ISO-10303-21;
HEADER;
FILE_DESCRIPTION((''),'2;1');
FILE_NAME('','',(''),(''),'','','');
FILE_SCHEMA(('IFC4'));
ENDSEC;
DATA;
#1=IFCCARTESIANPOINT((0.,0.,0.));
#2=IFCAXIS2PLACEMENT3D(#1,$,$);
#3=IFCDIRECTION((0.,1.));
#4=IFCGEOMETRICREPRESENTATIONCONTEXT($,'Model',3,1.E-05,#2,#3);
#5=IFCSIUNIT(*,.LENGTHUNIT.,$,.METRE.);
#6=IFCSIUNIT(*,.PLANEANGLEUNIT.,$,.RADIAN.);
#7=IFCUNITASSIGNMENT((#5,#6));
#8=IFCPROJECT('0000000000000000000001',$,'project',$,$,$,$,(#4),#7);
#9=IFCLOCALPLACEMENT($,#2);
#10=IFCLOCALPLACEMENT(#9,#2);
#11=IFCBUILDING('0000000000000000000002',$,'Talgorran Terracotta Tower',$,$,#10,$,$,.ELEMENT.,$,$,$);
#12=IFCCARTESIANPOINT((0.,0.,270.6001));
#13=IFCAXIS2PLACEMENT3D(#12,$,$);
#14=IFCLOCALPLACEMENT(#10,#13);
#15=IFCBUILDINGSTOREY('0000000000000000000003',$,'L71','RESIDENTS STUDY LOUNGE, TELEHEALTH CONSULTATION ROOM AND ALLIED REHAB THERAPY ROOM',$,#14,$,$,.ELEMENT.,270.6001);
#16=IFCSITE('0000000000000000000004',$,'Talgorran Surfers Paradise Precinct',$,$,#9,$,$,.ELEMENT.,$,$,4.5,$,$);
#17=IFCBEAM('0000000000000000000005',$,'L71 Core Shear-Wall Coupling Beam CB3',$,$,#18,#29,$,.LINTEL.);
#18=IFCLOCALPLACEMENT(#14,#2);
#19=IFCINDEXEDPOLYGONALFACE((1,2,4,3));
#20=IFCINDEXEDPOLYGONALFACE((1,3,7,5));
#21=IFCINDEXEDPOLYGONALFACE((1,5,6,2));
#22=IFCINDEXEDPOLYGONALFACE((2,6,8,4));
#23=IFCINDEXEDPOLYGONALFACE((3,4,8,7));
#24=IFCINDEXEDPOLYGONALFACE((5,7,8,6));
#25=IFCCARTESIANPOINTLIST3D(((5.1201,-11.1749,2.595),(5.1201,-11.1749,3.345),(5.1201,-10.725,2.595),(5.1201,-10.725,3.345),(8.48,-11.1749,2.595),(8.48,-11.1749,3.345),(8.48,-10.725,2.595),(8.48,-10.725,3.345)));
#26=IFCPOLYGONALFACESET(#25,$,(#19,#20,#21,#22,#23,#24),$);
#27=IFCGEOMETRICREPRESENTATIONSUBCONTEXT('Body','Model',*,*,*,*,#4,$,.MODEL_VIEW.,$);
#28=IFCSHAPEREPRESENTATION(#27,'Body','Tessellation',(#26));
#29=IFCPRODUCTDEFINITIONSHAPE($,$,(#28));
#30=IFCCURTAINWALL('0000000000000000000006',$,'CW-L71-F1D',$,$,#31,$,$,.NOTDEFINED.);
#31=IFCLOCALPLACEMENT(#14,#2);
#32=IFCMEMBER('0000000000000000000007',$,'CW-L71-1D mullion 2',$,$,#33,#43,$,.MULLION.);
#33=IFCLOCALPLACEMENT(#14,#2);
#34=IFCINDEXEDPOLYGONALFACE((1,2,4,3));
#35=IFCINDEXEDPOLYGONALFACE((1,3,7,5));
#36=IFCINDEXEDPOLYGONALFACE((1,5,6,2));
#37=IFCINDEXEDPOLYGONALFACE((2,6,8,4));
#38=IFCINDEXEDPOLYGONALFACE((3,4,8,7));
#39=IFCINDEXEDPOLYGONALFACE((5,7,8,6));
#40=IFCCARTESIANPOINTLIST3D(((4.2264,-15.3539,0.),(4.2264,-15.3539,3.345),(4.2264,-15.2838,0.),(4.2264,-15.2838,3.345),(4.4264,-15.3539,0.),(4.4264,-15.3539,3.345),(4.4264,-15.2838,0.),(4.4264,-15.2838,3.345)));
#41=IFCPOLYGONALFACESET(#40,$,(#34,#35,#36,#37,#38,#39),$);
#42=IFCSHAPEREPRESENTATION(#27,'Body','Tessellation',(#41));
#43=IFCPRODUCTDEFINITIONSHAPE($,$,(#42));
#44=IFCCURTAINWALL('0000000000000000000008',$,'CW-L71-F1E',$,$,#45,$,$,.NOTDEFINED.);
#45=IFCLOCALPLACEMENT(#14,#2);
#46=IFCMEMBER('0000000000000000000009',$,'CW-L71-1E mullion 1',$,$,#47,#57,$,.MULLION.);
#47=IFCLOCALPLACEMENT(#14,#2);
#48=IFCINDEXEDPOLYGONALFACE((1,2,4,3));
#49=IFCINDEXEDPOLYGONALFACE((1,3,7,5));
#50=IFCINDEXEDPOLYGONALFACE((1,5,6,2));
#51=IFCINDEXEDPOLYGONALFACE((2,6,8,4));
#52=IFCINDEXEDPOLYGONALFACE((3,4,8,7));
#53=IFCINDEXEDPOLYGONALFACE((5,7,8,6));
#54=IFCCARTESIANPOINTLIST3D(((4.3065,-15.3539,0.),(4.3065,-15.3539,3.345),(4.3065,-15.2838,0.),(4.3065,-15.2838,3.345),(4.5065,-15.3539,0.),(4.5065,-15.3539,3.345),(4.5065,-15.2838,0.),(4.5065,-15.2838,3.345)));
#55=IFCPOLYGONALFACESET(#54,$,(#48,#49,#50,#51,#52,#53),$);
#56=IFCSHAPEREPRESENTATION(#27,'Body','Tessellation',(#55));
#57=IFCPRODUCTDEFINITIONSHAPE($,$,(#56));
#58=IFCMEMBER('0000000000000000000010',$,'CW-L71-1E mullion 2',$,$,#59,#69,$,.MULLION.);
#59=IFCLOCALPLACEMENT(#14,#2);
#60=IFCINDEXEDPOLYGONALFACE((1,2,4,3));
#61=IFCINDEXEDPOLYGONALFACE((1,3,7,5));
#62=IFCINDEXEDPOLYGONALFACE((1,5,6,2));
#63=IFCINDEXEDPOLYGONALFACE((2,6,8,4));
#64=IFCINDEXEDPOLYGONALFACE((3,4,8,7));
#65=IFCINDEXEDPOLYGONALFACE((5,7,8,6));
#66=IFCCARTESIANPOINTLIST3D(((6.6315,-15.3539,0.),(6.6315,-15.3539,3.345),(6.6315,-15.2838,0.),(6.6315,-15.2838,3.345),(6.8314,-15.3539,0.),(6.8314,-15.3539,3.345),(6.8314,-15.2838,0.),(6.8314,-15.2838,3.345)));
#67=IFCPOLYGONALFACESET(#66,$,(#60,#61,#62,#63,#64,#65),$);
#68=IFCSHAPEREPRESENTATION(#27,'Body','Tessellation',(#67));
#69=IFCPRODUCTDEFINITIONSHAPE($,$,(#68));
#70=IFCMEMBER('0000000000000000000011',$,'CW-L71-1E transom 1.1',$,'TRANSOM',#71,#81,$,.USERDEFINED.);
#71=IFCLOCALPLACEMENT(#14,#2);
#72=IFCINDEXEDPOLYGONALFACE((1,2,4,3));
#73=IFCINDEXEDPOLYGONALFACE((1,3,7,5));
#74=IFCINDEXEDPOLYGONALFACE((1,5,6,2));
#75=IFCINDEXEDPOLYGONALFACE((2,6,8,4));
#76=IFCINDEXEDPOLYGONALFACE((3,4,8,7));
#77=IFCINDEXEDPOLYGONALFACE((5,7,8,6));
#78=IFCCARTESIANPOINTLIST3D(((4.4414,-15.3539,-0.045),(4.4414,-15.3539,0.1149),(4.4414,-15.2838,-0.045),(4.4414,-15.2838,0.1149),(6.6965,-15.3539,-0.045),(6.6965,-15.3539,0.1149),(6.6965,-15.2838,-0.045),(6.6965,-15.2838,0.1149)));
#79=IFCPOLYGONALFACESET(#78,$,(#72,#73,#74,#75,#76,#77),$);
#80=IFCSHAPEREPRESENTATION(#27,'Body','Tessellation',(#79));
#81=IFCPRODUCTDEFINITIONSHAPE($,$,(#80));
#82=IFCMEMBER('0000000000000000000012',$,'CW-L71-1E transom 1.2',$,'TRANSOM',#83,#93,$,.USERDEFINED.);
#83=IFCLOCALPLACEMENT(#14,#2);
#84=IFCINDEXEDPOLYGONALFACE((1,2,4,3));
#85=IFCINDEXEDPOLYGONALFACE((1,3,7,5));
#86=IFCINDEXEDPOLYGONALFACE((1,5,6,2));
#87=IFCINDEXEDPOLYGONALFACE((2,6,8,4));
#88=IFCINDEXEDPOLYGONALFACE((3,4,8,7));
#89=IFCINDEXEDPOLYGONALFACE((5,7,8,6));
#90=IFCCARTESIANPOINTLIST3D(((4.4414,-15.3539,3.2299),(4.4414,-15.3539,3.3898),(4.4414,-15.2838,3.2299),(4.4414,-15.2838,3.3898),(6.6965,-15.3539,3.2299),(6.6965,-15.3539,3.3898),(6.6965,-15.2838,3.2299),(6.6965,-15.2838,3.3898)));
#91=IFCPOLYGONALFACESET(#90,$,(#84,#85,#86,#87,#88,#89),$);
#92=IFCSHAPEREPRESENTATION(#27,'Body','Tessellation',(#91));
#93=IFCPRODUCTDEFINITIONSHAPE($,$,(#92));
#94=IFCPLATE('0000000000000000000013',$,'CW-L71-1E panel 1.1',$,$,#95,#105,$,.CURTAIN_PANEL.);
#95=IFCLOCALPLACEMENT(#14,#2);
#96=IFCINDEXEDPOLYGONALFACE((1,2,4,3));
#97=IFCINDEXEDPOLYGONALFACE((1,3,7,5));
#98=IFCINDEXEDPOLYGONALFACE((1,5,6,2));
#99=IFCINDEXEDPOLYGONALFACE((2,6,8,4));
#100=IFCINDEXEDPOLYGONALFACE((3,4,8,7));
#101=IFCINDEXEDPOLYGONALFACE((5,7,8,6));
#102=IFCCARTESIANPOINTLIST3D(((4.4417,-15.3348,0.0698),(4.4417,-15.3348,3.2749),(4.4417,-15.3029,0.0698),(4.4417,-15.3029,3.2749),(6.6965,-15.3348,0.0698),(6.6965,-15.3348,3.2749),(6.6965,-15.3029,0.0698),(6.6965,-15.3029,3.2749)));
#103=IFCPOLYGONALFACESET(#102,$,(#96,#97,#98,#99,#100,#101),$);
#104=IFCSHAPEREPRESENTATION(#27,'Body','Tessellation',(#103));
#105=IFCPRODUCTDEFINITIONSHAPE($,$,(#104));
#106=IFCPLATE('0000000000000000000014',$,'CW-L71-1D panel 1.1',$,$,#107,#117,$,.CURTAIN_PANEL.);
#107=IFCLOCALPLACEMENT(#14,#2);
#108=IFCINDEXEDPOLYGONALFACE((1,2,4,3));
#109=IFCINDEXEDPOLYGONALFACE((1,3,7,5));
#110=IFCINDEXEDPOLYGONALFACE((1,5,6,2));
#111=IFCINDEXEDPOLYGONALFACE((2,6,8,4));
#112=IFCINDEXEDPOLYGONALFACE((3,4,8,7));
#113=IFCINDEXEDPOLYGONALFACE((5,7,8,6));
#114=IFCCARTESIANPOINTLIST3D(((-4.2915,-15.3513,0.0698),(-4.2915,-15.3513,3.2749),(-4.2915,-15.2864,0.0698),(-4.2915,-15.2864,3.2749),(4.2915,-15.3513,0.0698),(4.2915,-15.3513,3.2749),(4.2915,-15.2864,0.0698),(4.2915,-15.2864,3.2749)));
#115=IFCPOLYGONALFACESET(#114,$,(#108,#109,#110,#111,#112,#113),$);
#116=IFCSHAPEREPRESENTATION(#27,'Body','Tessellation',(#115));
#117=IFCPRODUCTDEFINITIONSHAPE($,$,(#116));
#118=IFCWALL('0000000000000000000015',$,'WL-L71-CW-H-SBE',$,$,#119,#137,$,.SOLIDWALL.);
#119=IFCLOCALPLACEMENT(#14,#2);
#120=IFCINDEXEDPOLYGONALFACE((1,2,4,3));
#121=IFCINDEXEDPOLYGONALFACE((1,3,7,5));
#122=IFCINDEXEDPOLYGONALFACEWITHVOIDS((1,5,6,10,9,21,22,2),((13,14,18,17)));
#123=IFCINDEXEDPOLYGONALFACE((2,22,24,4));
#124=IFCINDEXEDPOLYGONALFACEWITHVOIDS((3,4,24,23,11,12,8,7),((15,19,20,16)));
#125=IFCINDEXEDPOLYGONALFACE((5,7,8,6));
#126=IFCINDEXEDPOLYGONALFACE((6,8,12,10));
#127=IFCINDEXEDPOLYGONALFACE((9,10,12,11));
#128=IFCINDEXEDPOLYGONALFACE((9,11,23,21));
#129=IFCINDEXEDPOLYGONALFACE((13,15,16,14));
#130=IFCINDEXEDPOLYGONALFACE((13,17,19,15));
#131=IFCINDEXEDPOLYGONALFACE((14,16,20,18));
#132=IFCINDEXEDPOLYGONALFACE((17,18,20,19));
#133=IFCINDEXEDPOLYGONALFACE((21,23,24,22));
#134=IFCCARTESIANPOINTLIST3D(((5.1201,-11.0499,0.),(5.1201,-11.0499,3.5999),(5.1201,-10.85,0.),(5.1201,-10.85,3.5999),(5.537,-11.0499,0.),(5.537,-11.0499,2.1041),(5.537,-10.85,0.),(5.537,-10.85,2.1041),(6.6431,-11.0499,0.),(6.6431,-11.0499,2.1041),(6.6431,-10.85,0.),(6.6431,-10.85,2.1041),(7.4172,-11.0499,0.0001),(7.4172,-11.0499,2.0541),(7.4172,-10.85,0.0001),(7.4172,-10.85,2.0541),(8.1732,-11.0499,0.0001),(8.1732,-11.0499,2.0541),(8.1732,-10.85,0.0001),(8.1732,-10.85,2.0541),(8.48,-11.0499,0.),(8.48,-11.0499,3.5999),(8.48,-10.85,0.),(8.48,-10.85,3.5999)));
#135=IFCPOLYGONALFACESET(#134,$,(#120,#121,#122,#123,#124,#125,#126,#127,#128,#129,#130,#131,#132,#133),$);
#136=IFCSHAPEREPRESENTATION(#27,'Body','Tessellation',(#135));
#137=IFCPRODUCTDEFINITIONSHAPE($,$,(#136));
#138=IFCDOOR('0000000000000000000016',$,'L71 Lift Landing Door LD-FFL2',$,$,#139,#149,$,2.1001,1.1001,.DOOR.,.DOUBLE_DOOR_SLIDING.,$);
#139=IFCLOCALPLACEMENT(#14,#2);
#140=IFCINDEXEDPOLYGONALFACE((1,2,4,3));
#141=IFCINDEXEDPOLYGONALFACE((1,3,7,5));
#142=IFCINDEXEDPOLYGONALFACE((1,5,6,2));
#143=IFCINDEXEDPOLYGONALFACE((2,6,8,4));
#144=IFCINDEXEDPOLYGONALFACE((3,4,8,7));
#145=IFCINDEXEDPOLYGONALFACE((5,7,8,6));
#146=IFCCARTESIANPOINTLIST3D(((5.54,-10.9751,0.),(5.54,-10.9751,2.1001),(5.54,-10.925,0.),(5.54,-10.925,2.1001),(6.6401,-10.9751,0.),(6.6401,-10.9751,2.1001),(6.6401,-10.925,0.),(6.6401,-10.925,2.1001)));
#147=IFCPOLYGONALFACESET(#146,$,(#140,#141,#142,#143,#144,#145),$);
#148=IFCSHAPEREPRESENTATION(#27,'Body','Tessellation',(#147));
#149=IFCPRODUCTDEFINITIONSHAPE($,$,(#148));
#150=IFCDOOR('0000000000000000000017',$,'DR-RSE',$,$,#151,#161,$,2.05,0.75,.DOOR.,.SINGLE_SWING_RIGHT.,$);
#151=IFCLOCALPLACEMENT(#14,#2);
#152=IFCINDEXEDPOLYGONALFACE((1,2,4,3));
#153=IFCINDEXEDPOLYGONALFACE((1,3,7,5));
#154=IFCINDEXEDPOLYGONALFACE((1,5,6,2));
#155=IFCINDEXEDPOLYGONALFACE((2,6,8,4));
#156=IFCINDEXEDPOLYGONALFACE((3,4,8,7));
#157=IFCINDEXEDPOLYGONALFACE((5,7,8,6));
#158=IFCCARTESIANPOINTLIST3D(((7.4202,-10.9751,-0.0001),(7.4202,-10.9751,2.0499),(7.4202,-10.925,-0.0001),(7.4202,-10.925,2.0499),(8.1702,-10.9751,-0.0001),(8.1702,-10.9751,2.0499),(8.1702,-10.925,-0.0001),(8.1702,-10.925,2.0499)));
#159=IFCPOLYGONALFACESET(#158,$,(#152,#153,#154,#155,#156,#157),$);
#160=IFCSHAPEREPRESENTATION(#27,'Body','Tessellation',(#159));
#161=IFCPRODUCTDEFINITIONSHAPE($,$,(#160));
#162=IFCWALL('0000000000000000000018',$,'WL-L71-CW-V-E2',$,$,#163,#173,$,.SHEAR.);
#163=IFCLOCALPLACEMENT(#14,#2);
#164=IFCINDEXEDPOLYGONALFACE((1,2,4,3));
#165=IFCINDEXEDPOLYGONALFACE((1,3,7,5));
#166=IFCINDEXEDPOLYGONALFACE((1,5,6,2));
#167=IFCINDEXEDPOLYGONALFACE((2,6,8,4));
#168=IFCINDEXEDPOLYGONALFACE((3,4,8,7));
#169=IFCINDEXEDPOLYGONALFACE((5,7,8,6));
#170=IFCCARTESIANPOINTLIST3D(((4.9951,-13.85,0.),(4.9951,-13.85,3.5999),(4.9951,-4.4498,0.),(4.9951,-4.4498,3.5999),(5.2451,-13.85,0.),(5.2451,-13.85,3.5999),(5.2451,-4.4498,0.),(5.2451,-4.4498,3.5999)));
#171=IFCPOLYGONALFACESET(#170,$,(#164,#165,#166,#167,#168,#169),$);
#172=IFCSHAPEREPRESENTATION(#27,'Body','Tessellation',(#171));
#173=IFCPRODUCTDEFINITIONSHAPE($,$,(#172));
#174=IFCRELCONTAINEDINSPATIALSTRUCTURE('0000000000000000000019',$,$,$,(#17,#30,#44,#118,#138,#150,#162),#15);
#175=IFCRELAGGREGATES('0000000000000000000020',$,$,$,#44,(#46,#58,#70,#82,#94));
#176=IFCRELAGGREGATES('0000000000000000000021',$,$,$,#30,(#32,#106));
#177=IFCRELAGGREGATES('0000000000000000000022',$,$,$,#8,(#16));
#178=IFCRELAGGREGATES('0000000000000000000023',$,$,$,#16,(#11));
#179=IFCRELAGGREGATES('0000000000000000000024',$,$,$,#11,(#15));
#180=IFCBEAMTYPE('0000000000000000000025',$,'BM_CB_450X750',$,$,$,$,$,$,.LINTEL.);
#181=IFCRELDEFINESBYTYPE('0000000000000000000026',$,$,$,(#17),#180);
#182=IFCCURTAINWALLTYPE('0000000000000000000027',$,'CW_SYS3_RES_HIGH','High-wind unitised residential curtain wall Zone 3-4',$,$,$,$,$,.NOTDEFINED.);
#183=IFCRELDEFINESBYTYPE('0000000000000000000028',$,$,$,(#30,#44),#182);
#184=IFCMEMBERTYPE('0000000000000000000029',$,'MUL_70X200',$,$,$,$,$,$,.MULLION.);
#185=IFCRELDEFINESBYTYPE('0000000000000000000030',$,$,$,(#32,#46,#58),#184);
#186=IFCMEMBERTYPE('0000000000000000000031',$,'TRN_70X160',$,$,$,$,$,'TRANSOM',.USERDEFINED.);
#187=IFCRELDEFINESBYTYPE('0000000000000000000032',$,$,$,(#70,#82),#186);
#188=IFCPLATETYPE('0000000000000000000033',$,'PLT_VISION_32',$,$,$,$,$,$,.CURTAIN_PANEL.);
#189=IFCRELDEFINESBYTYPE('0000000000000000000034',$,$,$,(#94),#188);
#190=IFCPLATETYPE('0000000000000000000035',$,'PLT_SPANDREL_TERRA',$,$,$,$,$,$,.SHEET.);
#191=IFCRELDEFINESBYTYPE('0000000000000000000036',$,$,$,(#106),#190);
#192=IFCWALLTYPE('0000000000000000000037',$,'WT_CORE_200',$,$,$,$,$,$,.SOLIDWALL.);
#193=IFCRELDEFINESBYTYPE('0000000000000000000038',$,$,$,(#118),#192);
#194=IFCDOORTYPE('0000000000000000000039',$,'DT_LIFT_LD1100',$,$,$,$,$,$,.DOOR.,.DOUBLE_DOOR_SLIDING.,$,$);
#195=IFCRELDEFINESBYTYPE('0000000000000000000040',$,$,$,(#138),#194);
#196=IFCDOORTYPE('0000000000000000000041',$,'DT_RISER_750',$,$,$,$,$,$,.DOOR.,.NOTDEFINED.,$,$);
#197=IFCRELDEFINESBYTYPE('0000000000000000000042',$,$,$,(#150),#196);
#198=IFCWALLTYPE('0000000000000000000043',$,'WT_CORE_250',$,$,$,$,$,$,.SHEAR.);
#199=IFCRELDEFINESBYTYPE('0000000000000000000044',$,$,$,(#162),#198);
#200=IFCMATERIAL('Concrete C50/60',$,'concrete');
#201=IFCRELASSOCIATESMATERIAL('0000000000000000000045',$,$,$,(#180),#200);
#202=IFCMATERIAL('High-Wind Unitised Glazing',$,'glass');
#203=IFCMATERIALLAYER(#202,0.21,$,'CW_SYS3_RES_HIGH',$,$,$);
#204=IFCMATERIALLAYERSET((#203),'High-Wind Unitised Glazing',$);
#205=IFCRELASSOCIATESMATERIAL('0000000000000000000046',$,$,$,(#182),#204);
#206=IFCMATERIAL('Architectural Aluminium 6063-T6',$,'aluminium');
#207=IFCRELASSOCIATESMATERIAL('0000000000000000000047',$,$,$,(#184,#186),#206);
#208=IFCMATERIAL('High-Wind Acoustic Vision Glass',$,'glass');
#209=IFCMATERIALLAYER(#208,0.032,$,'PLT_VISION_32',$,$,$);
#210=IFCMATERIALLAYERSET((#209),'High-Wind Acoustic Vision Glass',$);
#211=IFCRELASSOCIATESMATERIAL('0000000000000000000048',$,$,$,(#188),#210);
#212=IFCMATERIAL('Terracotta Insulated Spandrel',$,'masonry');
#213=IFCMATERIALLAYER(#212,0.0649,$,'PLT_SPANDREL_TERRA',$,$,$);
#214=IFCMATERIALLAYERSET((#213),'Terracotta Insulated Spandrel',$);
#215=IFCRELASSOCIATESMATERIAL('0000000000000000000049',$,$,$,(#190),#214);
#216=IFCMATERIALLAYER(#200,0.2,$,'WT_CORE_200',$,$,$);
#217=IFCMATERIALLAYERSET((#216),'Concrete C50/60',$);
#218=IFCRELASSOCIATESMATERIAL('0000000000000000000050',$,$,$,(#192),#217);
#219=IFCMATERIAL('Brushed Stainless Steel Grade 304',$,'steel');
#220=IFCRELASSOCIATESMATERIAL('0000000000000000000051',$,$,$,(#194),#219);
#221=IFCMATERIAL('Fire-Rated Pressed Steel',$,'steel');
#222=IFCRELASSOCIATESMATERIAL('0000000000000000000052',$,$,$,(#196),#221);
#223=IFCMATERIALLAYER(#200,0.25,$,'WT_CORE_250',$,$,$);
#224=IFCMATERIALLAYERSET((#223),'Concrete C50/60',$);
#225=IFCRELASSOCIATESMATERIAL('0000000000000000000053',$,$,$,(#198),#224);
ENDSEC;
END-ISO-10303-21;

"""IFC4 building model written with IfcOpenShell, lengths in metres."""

from ifc_helpers import new_model, si_unit, direction, frame, frame_2d, origin, origin_2d, place, context, subcontext, project, spatial, rectangle, extrude, source, transform, mapped, material, layer, layer_set, material_profile, profile_set, type_object, type_shapes, element, fill, aggregate, save


model = new_model("IFC4")

# Units and contexts
model_context = context("Model", 3, precision=1e-05, world=origin(), true_north=direction((0.0, 1.0)))
body_context = subcontext(model_context, "Body", "Model", "MODEL_VIEW")
ifc_project = project(units=[si_unit("LENGTHUNIT", "METRE"), si_unit("PLANEANGLEUNIT", "RADIAN")], contexts=[model_context])

# Site, building, storey
site_placement = place(None, origin())
site = spatial("IfcSite", under=ifc_project, at=site_placement, Name="Talgorran Surfers Paradise Precinct", CompositionType="ELEMENT", RefElevation=4.5)
building_placement = place(site_placement, origin())
building = spatial("IfcBuilding", under=site, at=building_placement, Name="Talgorran Terracotta Tower", CompositionType="ELEMENT")
storey_placement = place(building_placement, frame((0.0, 0.0, 270.6001)))
storey = spatial("IfcBuildingStorey", under=building, at=storey_placement, Name="L71", Description="RESIDENTS STUDY LOUNGE, TELEHEALTH CONSULTATION ROOM AND ALLIED REHAB THERAPY ROOM", CompositionType="ELEMENT", Elevation=270.6001)

# Beam
ifc_material_1 = material(Name="Concrete C50/60", Category="concrete")
ifc_material_profile_1 = material_profile(ifc_material_1, rectangle(XDim=0.45, YDim=0.75, at=origin_2d()), Name="RCCB450X750")
ifc_profile_set_1 = profile_set([ifc_material_profile_1], Name="Concrete C50/60")
beam_type = type_object("IfcBeamType", Name="BM_CB_450X750", PredefinedType="LINTEL", material=ifc_profile_set_1)
beam_placement = place(storey_placement, frame((5.1201, -10.95, 2.97), z_axis=(1.0, 0.0, 0.0), x_axis=(0.0, 1.0, 0.0)))
element("IfcBeam", 1, at=beam_placement, inside=storey, type_object=beam_type, Name="L71 Core Shear-Wall Coupling Beam CB3", PredefinedType="LINTEL", context=body_context, shape_type="SweptSolid", body=[
    extrude(rectangle(XDim=0.45, YDim=0.75, at=origin_2d()), origin(), (0.0, 0.0, 1.0), 3.3599),
])

# Curtain wall, member
ifc_material_2 = material(Name="High-Wind Unitised Glazing", Category="glass")
ifc_layer_1 = layer(ifc_material_2, 0.21, Name="CW_SYS3_RES_HIGH")
ifc_layer_set_1 = layer_set([ifc_layer_1], Name="High-Wind Unitised Glazing")
curtain_wall_type = type_object("IfcCurtainWallType", Name="CW_SYS3_RES_HIGH", Description="High-wind unitised residential curtain wall Zone 3-4", PredefinedType="NOTDEFINED", material=ifc_layer_set_1)
curtain_wall_1_placement = place(storey_placement, origin())
curtain_wall_1 = element("IfcCurtainWall", 2, at=curtain_wall_1_placement, inside=storey, type_object=curtain_wall_type, Name="CW-L71-F1D", PredefinedType="NOTDEFINED")
ifc_material_3 = material(Name="Architectural Aluminium 6063-T6", Category="aluminium")
ifc_material_profile_2 = material_profile(ifc_material_3, rectangle(XDim=0.0701, YDim=0.2, at=origin_2d()), Name="CWM70X200")
ifc_profile_set_2 = profile_set([ifc_material_profile_2], Name="Architectural Aluminium 6063-T6")
member_type_1 = type_object("IfcMemberType", Name="MUL_70X200", PredefinedType="MULLION", material=ifc_profile_set_2)
member_1_placement = place(storey_placement, frame((4.3264, -15.3188, 0.0), z_axis=(0.0, 0.0, 1.0), x_axis=(0.0, 1.0, 0.0)))
member_1 = element("IfcMember", 3, at=member_1_placement, type_object=member_type_1, Name="CW-L71-1D mullion 2", PredefinedType="MULLION", context=body_context, shape_type="SweptSolid", body=[
    extrude(rectangle(XDim=0.0701, YDim=0.2, at=origin_2d()), origin(), (0.0, 0.0, 1.0), 3.345),
])

# Curtain wall, members, plate
curtain_wall_2_placement = place(storey_placement, origin())
curtain_wall_2 = element("IfcCurtainWall", 4, at=curtain_wall_2_placement, inside=storey, type_object=curtain_wall_type, Name="CW-L71-F1E", PredefinedType="NOTDEFINED")
member_2_placement = place(storey_placement, frame((4.4065, -15.3188, 0.0), z_axis=(0.0, 0.0, 1.0), x_axis=(0.0, 1.0, 0.0)))
member_2 = element("IfcMember", 5, at=member_2_placement, type_object=member_type_1, Name="CW-L71-1E mullion 1", PredefinedType="MULLION", context=body_context, shape_type="SweptSolid", body=[
    extrude(rectangle(XDim=0.0701, YDim=0.2, at=origin_2d()), origin(), (0.0, 0.0, 1.0), 3.345),
])
member_3_placement = place(storey_placement, frame((6.7314, -15.3188, 0.0), z_axis=(0.0, 0.0, 1.0), x_axis=(0.0, 1.0, 0.0)))
member_3 = element("IfcMember", 6, at=member_3_placement, type_object=member_type_1, Name="CW-L71-1E mullion 2", PredefinedType="MULLION", context=body_context, shape_type="SweptSolid", body=[
    extrude(rectangle(XDim=0.0701, YDim=0.2, at=origin_2d()), origin(), (0.0, 0.0, 1.0), 3.345),
])
ifc_material_profile_3 = material_profile(ifc_material_3, rectangle(XDim=0.0701, YDim=0.1599, at=origin_2d()), Name="CWT70X160")
ifc_profile_set_3 = profile_set([ifc_material_profile_3], Name="Architectural Aluminium 6063-T6")
member_type_2 = type_object("IfcMemberType", Name="TRN_70X160", ElementType="TRANSOM", PredefinedType="USERDEFINED", material=ifc_profile_set_3)
member_4_placement = place(storey_placement, frame((4.4414, -15.3188, 0.0349), z_axis=(1.0, 0.0, 0.0), x_axis=(0.0, 1.0, 0.0)))
member_4 = element("IfcMember", 7, at=member_4_placement, type_object=member_type_2, Name="CW-L71-1E transom 1.1", ObjectType="TRANSOM", PredefinedType="USERDEFINED", context=body_context, shape_type="SweptSolid", body=[
    extrude(rectangle(XDim=0.0701, YDim=0.1599, at=origin_2d()), origin(), (0.0, 0.0, 1.0), 2.2551),
])
member_5_placement = place(storey_placement, frame((4.4414, -15.3188, 3.3098), z_axis=(1.0, 0.0, 0.0), x_axis=(0.0, 1.0, 0.0)))
member_5 = element("IfcMember", 8, at=member_5_placement, type_object=member_type_2, Name="CW-L71-1E transom 1.2", ObjectType="TRANSOM", PredefinedType="USERDEFINED", context=body_context, shape_type="SweptSolid", body=[
    extrude(rectangle(XDim=0.0701, YDim=0.1599, at=origin_2d()), origin(), (0.0, 0.0, 1.0), 2.2551),
])
ifc_material_4 = material(Name="High-Wind Acoustic Vision Glass", Category="glass")
ifc_layer_2 = layer(ifc_material_4, 0.032, Name="PLT_VISION_32")
ifc_layer_set_2 = layer_set([ifc_layer_2], Name="High-Wind Acoustic Vision Glass")
plate_type_1 = type_object("IfcPlateType", Name="PLT_VISION_32", PredefinedType="CURTAIN_PANEL", material=ifc_layer_set_2)
shared_shape_1 = source(origin(), body_context, "Body", "SweptSolid", [
    extrude(rectangle(XDim=2.2549, YDim=0.032, at=origin_2d()), origin(), (0.0, 0.0, 1.0), 3.2051),
])
type_shapes(plate_type_1, [shared_shape_1])
plate_1_placement = place(storey_placement, frame((5.5691, -15.3188, 0.0698), z_axis=(0.0, 0.0, 1.0), x_axis=(1.0, 0.0, 0.0)))
plate_1 = element("IfcPlate", 9, at=plate_1_placement, type_object=plate_type_1, Name="CW-L71-1E panel 1.1", PredefinedType="CURTAIN_PANEL", context=body_context, shape_type="MappedRepresentation", body=[
    mapped(shared_shape_1, transform((0.0, 0.0, 0.0), scale=1.0)),
])
aggregate(curtain_wall_2, [member_2, member_3, member_4, member_5, plate_1])

# Plate
ifc_material_5 = material(Name="Terracotta Insulated Spandrel", Category="masonry")
ifc_layer_3 = layer(ifc_material_5, 0.0649, Name="PLT_SPANDREL_TERRA")
ifc_layer_set_3 = layer_set([ifc_layer_3], Name="Terracotta Insulated Spandrel")
plate_type_2 = type_object("IfcPlateType", Name="PLT_SPANDREL_TERRA", PredefinedType="SHEET", material=ifc_layer_set_3)
shared_shape_2 = source(origin(), body_context, "Body", "SweptSolid", [
    extrude(rectangle(XDim=8.583, YDim=0.0649, at=origin_2d()), origin(), (0.0, 0.0, 1.0), 3.2051),
])
type_shapes(plate_type_2, [shared_shape_2])
plate_2_placement = place(storey_placement, frame((0.0, -15.3188, 0.0698), z_axis=(0.0, 0.0, 1.0), x_axis=(1.0, 0.0, 0.0)))
plate_2 = element("IfcPlate", 10, at=plate_2_placement, type_object=plate_type_2, Name="CW-L71-1D panel 1.1", PredefinedType="CURTAIN_PANEL", context=body_context, shape_type="MappedRepresentation", body=[
    mapped(shared_shape_2, transform((0.0, 0.0, 0.0), scale=1.0)),
])
aggregate(curtain_wall_1, [member_1, plate_2])

# Wall, openings, doors
ifc_layer_4 = layer(ifc_material_1, 0.2, Name="WT_CORE_200")
ifc_layer_set_4 = layer_set([ifc_layer_4], Name="Concrete C50/60")
wall_type_1 = type_object("IfcWallType", Name="WT_CORE_200", PredefinedType="SOLIDWALL", material=ifc_layer_set_4)
wall_1_placement = place(storey_placement, frame((5.1201, -10.95, 0.0), z_axis=(0.0, 0.0, 1.0), x_axis=(1.0, 0.0, 0.0)))
wall_1 = element("IfcWall", 11, at=wall_1_placement, inside=storey, type_object=wall_type_1, Name="WL-L71-CW-H-SBE", PredefinedType="SOLIDWALL", context=body_context, shape_type="SweptSolid", body=[
    extrude(rectangle(XDim=3.3599, YDim=0.2, at=frame_2d((1.6799, 0.0))), origin(), (0.0, 0.0, 1.0), 3.5999),
])
opening_1_placement = place(wall_1_placement, frame((0.4199, 0.0, 0.0)))
opening_1 = element("IfcOpeningElement", 12, at=opening_1_placement, cuts=wall_1, PredefinedType="OPENING", context=body_context, shape_type="SweptSolid", body=[
    extrude(rectangle(XDim=1.1061, YDim=2.1041, at=frame_2d((0.55, 1.052))), frame((0.0, 0.1099, 0.0), z_axis=(0.0, -1.0, 0.0), x_axis=(1.0, 0.0, 0.0)), (0.0, 0.0, 1.0), 0.22),
])
opening_2_placement = place(wall_1_placement, frame((2.3, 0.0, 0.0)))
opening_2 = element("IfcOpeningElement", 13, at=opening_2_placement, cuts=wall_1, PredefinedType="OPENING", context=body_context, shape_type="SweptSolid", body=[
    extrude(rectangle(XDim=0.756, YDim=2.054, at=frame_2d((0.375, 1.0271))), frame((0.0, 0.1099, 0.0), z_axis=(0.0, -1.0, 0.0), x_axis=(1.0, 0.0, 0.0)), (0.0, 0.0, 1.0), 0.22),
])
ifc_material_6 = material(Name="Brushed Stainless Steel Grade 304", Category="steel")
door_type_1 = type_object("IfcDoorType", Name="DT_LIFT_LD1100", OperationType="DOUBLE_DOOR_SLIDING", PredefinedType="DOOR", material=ifc_material_6)
door_1_placement = place(opening_1_placement, origin())
door_1 = element("IfcDoor", 14, at=door_1_placement, inside=storey, type_object=door_type_1, Name="L71 Lift Landing Door LD-FFL2", OperationType="DOUBLE_DOOR_SLIDING", OverallHeight=2.1001, OverallWidth=1.1001, PredefinedType="DOOR", context=body_context, shape_type="SweptSolid", body=[
    extrude(rectangle(XDim=1.1001, YDim=2.1001, at=frame_2d((0.55, 1.05))), frame((0.0, 0.0249, 0.0), z_axis=(0.0, -1.0, 0.0), x_axis=(1.0, 0.0, 0.0)), (0.0, 0.0, 1.0), 0.05),
])
fill(opening_1, door_1)
ifc_material_7 = material(Name="Fire-Rated Pressed Steel", Category="steel")
door_type_2 = type_object("IfcDoorType", Name="DT_RISER_750", OperationType="NOTDEFINED", PredefinedType="DOOR", material=ifc_material_7)
door_2_placement = place(opening_2_placement, origin())
door_2 = element("IfcDoor", 15, at=door_2_placement, inside=storey, type_object=door_type_2, Name="DR-RSE", OperationType="SINGLE_SWING_RIGHT", OverallHeight=2.05, OverallWidth=0.75, PredefinedType="DOOR", context=body_context, shape_type="SweptSolid", body=[
    extrude(rectangle(XDim=0.75, YDim=2.05, at=frame_2d((0.375, 1.0249))), frame((0.0, 0.0249, 0.0), z_axis=(0.0, -1.0, 0.0), x_axis=(1.0, 0.0, 0.0)), (0.0, 0.0, 1.0), 0.05),
])
fill(opening_2, door_2)

# Wall
ifc_layer_5 = layer(ifc_material_1, 0.25, Name="WT_CORE_250")
ifc_layer_set_5 = layer_set([ifc_layer_5], Name="Concrete C50/60")
wall_type_2 = type_object("IfcWallType", Name="WT_CORE_250", PredefinedType="SHEAR", material=ifc_layer_set_5)
wall_2_placement = place(storey_placement, frame((5.1201, -13.8501, 0.0), z_axis=(0.0, 0.0, 1.0), x_axis=(0.0, 1.0, 0.0)))
element("IfcWall", 16, at=wall_2_placement, inside=storey, type_object=wall_type_2, Name="WL-L71-CW-V-E2", PredefinedType="SHEAR", context=body_context, shape_type="SweptSolid", body=[
    extrude(rectangle(XDim=9.4001, YDim=0.25, at=frame_2d((4.7002, 0.0))), origin(), (0.0, 0.0, 1.0), 3.5999),
])

save(model, "model.ifc")
